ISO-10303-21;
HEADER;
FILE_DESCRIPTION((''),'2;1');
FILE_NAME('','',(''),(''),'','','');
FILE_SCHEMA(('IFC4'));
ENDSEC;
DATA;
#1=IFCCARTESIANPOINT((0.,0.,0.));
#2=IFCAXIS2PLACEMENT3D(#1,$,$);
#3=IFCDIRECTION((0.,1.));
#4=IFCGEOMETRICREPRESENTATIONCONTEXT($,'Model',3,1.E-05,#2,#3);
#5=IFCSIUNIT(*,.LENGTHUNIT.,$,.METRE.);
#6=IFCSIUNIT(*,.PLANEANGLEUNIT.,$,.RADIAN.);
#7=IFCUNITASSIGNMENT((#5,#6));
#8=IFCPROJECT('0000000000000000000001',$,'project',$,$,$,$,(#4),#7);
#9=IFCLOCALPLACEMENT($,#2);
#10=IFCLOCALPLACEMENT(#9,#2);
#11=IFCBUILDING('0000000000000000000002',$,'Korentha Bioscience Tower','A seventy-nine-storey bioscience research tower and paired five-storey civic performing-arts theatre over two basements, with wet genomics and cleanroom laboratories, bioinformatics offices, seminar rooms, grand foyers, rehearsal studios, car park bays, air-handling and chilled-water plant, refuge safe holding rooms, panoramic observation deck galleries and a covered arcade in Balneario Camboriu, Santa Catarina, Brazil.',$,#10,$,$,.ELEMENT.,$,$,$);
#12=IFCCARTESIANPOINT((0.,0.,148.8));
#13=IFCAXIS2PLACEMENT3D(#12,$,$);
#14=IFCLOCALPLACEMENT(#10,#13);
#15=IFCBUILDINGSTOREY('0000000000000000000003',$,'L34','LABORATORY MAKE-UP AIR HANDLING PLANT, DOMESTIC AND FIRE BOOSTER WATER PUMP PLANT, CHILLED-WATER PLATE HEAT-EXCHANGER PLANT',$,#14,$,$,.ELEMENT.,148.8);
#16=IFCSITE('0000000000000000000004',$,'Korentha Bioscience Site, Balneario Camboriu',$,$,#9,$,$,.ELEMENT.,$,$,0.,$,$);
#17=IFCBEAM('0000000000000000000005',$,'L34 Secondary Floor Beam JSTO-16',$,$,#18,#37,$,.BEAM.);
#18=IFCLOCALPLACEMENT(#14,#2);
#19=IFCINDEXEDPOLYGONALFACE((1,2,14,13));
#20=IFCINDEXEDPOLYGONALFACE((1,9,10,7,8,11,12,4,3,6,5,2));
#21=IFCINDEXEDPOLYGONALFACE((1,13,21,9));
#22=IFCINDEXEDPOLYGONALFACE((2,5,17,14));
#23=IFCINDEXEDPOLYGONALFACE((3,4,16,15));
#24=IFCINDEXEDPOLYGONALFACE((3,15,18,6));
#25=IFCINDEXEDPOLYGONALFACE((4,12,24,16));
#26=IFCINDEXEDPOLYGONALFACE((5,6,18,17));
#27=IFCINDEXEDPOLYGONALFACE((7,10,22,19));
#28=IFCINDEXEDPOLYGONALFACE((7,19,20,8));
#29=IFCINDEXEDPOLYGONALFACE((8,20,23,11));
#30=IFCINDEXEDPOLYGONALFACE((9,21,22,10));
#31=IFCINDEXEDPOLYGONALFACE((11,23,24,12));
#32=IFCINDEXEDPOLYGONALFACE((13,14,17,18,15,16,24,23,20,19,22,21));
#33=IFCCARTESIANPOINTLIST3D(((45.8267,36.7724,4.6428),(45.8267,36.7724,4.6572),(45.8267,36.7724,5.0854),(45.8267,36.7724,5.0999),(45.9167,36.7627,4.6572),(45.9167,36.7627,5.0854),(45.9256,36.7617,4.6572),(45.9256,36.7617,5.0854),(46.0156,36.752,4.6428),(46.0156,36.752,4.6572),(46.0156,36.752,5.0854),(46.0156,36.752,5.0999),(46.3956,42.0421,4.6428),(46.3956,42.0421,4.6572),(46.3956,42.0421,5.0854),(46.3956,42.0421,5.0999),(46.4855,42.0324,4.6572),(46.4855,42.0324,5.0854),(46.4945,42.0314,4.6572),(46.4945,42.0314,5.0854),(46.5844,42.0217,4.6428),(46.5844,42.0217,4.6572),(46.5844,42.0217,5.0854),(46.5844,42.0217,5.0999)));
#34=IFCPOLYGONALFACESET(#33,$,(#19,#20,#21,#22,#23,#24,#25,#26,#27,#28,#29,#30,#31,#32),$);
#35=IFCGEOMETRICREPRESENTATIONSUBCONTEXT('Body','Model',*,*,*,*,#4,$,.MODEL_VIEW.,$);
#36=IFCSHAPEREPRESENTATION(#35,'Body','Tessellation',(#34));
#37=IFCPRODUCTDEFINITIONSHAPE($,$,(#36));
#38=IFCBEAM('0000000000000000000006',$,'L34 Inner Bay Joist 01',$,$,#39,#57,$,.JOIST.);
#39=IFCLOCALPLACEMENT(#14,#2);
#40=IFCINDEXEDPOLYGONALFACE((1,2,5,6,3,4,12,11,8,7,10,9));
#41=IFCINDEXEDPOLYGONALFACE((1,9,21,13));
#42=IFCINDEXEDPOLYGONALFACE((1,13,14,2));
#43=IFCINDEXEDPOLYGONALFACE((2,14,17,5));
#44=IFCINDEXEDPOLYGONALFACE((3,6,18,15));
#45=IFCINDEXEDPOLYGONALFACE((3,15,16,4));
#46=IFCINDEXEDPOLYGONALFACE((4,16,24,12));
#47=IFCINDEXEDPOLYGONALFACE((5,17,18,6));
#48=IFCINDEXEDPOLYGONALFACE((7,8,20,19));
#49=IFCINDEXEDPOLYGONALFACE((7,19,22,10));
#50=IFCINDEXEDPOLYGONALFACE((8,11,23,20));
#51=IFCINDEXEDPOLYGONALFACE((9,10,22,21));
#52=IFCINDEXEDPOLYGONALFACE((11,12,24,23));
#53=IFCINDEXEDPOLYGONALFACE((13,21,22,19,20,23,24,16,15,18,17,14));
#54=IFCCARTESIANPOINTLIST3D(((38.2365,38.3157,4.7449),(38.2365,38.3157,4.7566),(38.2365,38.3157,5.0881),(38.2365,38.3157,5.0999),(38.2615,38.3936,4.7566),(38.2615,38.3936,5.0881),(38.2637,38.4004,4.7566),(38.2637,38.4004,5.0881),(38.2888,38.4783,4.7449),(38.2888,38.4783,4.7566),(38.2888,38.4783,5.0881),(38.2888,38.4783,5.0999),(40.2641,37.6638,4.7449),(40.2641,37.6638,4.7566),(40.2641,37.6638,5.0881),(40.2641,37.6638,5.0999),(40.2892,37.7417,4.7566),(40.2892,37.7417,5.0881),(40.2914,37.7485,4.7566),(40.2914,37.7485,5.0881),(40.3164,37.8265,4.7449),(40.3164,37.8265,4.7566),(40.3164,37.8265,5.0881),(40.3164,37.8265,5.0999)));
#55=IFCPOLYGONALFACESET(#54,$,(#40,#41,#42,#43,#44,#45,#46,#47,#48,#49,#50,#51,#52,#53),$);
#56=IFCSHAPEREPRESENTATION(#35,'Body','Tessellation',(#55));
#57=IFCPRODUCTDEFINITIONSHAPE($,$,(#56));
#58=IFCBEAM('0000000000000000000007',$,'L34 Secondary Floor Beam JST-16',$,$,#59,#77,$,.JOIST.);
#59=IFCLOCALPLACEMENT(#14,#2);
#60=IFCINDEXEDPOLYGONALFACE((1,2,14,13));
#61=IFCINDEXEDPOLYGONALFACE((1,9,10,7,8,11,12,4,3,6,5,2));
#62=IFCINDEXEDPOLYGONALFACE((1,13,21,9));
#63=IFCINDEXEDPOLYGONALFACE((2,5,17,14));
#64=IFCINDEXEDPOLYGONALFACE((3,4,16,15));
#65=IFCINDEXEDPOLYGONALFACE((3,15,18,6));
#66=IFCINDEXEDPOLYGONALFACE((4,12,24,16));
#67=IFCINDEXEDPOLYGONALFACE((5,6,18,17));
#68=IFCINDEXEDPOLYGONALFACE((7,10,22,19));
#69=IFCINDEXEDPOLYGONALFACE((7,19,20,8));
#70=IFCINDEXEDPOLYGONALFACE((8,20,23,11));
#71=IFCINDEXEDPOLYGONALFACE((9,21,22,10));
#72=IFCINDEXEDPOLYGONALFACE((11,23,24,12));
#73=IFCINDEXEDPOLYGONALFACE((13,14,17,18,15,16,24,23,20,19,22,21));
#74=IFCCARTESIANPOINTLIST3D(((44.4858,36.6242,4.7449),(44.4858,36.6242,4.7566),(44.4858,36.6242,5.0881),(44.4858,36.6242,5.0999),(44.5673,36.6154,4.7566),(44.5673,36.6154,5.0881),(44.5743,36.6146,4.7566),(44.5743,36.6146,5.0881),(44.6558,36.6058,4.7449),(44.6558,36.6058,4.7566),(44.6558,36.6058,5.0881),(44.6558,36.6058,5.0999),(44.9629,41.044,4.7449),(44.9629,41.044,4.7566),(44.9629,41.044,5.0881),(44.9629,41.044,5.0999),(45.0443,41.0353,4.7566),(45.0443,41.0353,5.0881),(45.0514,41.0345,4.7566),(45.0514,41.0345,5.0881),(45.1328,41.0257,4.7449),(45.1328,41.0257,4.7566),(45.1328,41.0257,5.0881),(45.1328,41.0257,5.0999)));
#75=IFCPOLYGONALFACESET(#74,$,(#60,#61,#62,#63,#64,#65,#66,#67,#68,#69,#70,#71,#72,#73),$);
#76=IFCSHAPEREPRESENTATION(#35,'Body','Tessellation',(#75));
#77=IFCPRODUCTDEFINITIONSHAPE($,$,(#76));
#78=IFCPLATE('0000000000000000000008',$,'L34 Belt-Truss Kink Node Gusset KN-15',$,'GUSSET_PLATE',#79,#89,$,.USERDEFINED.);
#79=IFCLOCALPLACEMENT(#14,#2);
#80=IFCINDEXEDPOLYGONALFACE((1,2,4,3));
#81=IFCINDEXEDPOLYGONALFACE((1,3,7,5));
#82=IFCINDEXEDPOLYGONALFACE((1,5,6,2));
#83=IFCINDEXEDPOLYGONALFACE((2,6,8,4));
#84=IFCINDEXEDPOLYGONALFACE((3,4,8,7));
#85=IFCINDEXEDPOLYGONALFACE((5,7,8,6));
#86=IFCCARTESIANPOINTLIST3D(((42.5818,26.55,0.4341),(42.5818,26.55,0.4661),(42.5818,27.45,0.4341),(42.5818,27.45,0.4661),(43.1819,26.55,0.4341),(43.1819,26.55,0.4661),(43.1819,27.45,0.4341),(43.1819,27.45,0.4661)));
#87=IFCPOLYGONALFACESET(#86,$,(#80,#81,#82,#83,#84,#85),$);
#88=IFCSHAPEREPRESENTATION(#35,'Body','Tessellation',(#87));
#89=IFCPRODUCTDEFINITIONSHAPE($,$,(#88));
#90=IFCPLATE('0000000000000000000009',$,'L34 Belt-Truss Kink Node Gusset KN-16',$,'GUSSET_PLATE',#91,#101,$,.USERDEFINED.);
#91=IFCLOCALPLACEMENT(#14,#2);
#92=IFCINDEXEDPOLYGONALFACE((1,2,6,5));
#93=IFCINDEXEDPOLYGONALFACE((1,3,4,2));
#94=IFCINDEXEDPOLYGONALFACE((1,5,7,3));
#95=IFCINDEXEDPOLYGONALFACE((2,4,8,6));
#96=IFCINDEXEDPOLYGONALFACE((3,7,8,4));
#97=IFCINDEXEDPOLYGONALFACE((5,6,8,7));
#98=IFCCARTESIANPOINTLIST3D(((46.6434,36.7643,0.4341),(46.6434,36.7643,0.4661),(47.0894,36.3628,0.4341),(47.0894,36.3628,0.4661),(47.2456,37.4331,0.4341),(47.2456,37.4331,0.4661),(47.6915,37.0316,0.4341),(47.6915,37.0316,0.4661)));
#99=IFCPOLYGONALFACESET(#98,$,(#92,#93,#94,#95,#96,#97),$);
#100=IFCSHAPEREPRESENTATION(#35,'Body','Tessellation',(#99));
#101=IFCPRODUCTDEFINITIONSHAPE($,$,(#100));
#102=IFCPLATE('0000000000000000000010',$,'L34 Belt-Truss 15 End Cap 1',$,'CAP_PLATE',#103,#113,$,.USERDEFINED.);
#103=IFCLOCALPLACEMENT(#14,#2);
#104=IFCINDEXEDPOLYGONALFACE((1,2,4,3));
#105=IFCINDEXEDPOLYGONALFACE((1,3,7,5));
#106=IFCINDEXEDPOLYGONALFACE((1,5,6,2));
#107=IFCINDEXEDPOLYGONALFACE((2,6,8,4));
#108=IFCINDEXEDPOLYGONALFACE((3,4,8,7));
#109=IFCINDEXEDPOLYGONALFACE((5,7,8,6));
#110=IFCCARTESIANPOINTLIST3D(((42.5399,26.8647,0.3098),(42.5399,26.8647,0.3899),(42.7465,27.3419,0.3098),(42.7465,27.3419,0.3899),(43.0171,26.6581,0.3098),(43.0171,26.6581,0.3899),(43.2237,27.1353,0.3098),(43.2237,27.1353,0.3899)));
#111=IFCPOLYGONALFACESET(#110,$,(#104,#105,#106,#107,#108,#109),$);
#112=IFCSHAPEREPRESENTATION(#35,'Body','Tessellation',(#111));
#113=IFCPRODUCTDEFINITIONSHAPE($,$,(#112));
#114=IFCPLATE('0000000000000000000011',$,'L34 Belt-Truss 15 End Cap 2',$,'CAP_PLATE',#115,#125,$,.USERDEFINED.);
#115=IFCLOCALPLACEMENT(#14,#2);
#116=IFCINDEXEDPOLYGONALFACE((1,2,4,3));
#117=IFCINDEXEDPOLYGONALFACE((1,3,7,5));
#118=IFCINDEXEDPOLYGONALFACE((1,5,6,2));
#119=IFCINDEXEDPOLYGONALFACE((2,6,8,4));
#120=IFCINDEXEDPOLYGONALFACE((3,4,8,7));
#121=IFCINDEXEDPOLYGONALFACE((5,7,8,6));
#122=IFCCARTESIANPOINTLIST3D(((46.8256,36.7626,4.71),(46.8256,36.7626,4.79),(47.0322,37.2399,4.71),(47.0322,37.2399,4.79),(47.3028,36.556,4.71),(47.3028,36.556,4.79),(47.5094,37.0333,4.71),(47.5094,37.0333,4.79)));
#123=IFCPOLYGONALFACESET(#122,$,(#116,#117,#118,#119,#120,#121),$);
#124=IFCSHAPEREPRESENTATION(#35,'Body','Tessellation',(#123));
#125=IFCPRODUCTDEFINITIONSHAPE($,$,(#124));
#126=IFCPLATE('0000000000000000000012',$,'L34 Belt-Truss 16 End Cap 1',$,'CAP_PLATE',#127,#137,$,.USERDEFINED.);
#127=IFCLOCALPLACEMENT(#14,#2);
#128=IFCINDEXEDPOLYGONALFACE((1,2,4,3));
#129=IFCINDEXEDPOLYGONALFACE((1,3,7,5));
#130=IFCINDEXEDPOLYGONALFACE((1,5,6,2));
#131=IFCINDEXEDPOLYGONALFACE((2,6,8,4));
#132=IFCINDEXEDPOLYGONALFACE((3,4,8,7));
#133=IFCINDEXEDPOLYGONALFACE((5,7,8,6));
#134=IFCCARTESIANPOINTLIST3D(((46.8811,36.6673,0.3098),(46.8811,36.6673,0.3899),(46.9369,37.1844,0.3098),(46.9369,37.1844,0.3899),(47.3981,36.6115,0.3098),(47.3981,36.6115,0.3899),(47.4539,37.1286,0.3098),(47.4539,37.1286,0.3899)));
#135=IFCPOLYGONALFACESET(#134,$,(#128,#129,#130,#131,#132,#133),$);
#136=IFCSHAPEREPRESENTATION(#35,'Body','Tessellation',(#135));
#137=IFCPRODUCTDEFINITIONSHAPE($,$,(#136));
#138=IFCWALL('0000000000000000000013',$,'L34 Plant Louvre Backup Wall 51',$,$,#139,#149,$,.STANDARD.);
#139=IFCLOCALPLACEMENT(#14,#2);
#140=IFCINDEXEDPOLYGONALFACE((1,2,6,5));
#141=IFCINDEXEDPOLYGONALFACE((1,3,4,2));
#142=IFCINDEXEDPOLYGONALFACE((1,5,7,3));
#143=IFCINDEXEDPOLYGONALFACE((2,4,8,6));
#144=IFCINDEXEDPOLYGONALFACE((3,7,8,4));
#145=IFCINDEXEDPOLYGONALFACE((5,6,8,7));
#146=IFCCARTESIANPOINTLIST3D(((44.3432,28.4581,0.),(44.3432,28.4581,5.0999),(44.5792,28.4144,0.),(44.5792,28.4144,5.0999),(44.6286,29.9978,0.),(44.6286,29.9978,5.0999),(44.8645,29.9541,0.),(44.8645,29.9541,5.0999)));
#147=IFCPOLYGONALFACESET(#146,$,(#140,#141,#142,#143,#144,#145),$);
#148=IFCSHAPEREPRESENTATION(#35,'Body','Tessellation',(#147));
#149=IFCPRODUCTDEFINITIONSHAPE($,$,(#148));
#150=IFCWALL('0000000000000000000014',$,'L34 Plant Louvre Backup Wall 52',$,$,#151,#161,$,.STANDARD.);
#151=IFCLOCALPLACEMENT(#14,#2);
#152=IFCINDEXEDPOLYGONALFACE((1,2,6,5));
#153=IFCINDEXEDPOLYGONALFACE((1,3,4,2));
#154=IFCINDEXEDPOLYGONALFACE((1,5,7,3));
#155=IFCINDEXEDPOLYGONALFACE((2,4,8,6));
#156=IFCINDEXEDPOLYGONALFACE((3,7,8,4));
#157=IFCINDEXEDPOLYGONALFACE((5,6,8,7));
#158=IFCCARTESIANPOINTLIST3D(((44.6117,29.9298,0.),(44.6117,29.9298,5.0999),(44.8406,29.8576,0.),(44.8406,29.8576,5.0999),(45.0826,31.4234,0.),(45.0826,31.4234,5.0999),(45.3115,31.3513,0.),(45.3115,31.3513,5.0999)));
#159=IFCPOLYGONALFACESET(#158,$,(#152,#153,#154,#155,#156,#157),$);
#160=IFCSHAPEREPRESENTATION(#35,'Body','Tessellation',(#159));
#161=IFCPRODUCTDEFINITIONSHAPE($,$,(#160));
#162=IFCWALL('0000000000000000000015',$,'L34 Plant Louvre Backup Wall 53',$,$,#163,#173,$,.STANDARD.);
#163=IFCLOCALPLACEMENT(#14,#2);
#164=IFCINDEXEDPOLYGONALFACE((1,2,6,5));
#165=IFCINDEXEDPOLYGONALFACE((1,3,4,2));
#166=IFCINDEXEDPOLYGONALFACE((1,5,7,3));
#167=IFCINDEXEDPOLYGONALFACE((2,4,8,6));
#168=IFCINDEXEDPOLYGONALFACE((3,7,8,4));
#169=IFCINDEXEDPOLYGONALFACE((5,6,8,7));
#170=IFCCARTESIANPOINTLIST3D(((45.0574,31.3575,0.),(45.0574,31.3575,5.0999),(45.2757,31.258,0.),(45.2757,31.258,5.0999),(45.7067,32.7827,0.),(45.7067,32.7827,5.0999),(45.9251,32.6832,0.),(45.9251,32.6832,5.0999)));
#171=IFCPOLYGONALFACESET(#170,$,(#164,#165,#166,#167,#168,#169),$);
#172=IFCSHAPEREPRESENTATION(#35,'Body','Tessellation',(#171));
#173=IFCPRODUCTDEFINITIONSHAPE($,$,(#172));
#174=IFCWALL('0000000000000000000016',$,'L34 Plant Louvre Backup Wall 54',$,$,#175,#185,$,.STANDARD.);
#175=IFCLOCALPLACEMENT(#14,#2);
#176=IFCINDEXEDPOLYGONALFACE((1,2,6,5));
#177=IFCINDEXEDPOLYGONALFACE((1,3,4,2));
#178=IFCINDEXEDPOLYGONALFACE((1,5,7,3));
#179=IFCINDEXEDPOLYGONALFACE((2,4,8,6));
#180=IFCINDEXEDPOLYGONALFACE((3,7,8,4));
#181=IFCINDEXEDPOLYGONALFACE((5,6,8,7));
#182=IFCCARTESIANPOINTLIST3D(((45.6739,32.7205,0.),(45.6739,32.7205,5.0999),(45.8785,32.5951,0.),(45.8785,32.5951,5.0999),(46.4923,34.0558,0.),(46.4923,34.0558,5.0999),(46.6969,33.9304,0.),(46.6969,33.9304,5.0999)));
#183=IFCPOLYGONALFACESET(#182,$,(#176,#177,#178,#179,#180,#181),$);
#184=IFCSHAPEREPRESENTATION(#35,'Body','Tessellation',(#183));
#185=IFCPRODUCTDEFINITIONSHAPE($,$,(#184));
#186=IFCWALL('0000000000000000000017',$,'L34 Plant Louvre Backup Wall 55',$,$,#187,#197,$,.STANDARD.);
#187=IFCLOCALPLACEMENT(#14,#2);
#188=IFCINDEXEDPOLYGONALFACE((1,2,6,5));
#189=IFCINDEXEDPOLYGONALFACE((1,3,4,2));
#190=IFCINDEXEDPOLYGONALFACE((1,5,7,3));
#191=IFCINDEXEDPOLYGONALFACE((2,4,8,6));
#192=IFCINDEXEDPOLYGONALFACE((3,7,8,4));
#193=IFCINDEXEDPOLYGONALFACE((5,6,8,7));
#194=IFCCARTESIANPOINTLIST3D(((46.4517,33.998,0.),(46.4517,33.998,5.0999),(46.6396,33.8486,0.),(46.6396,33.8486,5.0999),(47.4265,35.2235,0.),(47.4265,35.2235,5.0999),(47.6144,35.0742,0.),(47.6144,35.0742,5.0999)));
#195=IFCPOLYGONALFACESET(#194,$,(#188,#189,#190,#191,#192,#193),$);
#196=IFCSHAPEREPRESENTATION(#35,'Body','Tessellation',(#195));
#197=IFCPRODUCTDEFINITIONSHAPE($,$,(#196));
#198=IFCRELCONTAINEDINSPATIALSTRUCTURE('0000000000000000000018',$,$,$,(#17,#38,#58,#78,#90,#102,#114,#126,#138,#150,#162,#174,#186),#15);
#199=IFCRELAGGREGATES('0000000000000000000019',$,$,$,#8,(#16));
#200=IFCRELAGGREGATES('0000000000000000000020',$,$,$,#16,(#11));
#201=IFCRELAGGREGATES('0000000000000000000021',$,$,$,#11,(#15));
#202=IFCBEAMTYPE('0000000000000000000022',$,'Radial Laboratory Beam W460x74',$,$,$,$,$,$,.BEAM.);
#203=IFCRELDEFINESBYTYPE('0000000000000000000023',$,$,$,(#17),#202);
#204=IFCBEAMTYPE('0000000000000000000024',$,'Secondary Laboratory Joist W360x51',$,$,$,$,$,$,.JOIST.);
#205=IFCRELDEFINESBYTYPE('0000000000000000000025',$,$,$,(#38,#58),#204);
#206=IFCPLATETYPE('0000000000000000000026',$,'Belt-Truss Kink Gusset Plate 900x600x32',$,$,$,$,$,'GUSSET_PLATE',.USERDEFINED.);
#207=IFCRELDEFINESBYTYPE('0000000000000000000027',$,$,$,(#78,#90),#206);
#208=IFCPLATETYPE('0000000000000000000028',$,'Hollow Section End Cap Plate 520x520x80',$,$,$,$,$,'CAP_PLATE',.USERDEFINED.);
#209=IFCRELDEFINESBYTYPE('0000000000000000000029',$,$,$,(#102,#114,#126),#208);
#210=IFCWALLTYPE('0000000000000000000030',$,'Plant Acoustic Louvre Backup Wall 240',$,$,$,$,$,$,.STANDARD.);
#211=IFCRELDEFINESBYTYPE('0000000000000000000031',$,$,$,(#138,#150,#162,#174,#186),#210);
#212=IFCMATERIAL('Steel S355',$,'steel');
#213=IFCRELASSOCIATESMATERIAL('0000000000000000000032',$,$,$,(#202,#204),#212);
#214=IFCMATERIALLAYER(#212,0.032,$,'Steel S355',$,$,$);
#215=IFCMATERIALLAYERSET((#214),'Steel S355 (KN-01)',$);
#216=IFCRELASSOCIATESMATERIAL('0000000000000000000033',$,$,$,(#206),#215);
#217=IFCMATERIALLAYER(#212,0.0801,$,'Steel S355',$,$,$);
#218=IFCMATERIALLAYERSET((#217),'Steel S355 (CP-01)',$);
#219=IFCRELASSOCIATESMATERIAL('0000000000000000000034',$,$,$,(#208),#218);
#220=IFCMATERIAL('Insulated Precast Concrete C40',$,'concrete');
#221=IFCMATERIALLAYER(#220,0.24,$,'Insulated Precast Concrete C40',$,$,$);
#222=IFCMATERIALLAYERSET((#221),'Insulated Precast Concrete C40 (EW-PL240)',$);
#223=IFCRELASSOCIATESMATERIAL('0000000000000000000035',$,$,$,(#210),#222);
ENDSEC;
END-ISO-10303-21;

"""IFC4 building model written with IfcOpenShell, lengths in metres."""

from ifc_helpers import new_model, si_unit, direction, frame, frame_2d, origin, origin_2d, place, context, subcontext, project, spatial, rectangle, i_section, extrude, material, layer, layer_set, material_profile, profile_set, type_object, element, save


model = new_model("IFC4")

# Units and contexts
model_context = context("Model", 3, precision=1e-05, world=origin(), true_north=direction((0.0, 1.0)))
body_context = subcontext(model_context, "Body", "Model", "MODEL_VIEW")
ifc_project = project(units=[si_unit("LENGTHUNIT", "METRE"), si_unit("PLANEANGLEUNIT", "RADIAN")], contexts=[model_context])

# Site, building, storey
site_placement = place(None, origin())
site = spatial("IfcSite", under=ifc_project, at=site_placement, Name="Korentha Bioscience Site, Balneario Camboriu", CompositionType="ELEMENT", RefElevation=0.0)
building_placement = place(site_placement, origin())
building = spatial("IfcBuilding", under=site, at=building_placement, Name="Korentha Bioscience Tower", Description="A seventy-nine-storey bioscience research tower and paired five-storey civic performing-arts theatre over two basements, with wet genomics and cleanroom laboratories, bioinformatics offices, seminar rooms, grand foyers, rehearsal studios, car park bays, air-handling and chilled-water plant, refuge safe holding rooms, panoramic observation deck galleries and a covered arcade in Balneario Camboriu, Santa Catarina, Brazil.", CompositionType="ELEMENT")
storey_placement = place(building_placement, frame((0.0, 0.0, 148.8)))
storey = spatial("IfcBuildingStorey", under=building, at=storey_placement, Name="L34", Description="LABORATORY MAKE-UP AIR HANDLING PLANT, DOMESTIC AND FIRE BOOSTER WATER PUMP PLANT, CHILLED-WATER PLATE HEAT-EXCHANGER PLANT", CompositionType="ELEMENT", Elevation=148.8)

# Shared definitions
ifc_material_1 = material(Name="Steel S355", Category="steel")

# Beams
ifc_material_profile_1 = material_profile(ifc_material_1, i_section(OverallWidth=0.1899, OverallDepth=0.457, WebThickness=0.009, FlangeThickness=0.0144, at=origin_2d()), Name="Steel S355")
ifc_profile_set_1 = profile_set([ifc_material_profile_1], Name="Steel S355 (RB-460)")
beam_type_1 = type_object("IfcBeamType", Name="Radial Laboratory Beam W460x74", PredefinedType="BEAM", material=ifc_profile_set_1)
beam_1_placement = place(storey_placement, frame((45.9211, 36.7622, 4.8713), z_axis=(0.107322, 0.994224, 0.0), x_axis=(-0.994224, 0.107322, 0.0)))
element("IfcBeam", 1, at=beam_1_placement, inside=storey, type_object=beam_type_1, Name="L34 Secondary Floor Beam JSTO-16", PredefinedType="BEAM", context=body_context, shape_type="SweptSolid", body=[
    extrude(i_section(OverallWidth=0.1899, OverallDepth=0.457, WebThickness=0.009, FlangeThickness=0.0144, at=origin_2d()), origin(), (0.0, 0.0, 1.0), 5.3003),
])
ifc_material_profile_2 = material_profile(ifc_material_1, i_section(OverallWidth=0.1709, OverallDepth=0.355, WebThickness=0.0071, FlangeThickness=0.0117, at=origin_2d()), Name="Steel S355")
ifc_profile_set_2 = profile_set([ifc_material_profile_2], Name="Steel S355 (JB-360)")
beam_type_2 = type_object("IfcBeamType", Name="Secondary Laboratory Joist W360x51", PredefinedType="JOIST", material=ifc_profile_set_2)
beam_2_placement = place(storey_placement, frame((40.2903, 37.7451, 4.9224), z_axis=(-0.952011, 0.306065, 0.0), x_axis=(-0.306065, -0.952011, 0.0)))
element("IfcBeam", 2, at=beam_2_placement, inside=storey, type_object=beam_type_2, Name="L34 Inner Bay Joist 01", PredefinedType="JOIST", context=body_context, shape_type="SweptSolid", body=[
    extrude(i_section(OverallWidth=0.1709, OverallDepth=0.355, WebThickness=0.0071, FlangeThickness=0.0117, at=origin_2d()), origin(), (0.0, 0.0, 1.0), 2.1299),
])
beam_3_placement = place(storey_placement, frame((44.5708, 36.615, 4.9224), z_axis=(0.107309, 0.994226, 0.0), x_axis=(-0.994226, 0.107309, 0.0)))
element("IfcBeam", 3, at=beam_3_placement, inside=storey, type_object=beam_type_2, Name="L34 Secondary Floor Beam JST-16", PredefinedType="JOIST", context=body_context, shape_type="SweptSolid", body=[
    extrude(i_section(OverallWidth=0.1709, OverallDepth=0.355, WebThickness=0.0071, FlangeThickness=0.0117, at=origin_2d()), origin(), (0.0, 0.0, 1.0), 4.4456),
])

# Plates
ifc_layer_1 = layer(ifc_material_1, 0.032, Name="Steel S355")
ifc_layer_set_1 = layer_set([ifc_layer_1], Name="Steel S355 (KN-01)")
plate_type_1 = type_object("IfcPlateType", Name="Belt-Truss Kink Gusset Plate 900x600x32", ElementType="GUSSET_PLATE", PredefinedType="USERDEFINED", material=ifc_layer_set_1)
for number, where, z_axis, x_axis, name in (
    (4, (42.8818, 27.0, 0.4341), (0.0, 0.0, 1.0), (0.0, 1.0, 0.0), "L34 Belt-Truss Kink Node Gusset KN-15"),
    (5, (47.1675, 36.8979, 0.4341), (0.0, 0.0, 1.0), (0.669131, 0.743145, 0.0), "L34 Belt-Truss Kink Node Gusset KN-16"),
):
    element("IfcPlate", number, at=place(storey_placement, frame(where, z_axis=z_axis, x_axis=x_axis)), inside=storey, type_object=plate_type_1, Name=name, ObjectType="GUSSET_PLATE", PredefinedType="USERDEFINED", context=body_context, shape_type="SweptSolid", body=[
        extrude(rectangle(XDim=0.8999, YDim=0.6001, at=origin_2d()), origin(), (0.0, 0.0, 1.0), 0.032),
    ])
ifc_layer_2 = layer(ifc_material_1, 0.0801, Name="Steel S355")
ifc_layer_set_2 = layer_set([ifc_layer_2], Name="Steel S355 (CP-01)")
plate_type_2 = type_object("IfcPlateType", Name="Hollow Section End Cap Plate 520x520x80", ElementType="CAP_PLATE", PredefinedType="USERDEFINED", material=ifc_layer_set_2)
for number, where, z_axis, x_axis, name in (
    (6, (42.8818, 27.0, 0.3098), (0.0, 0.0, 1.0), (0.397308, 0.917685, 0.0), "L34 Belt-Truss 15 End Cap 1"),
    (7, (47.1675, 36.8979, 4.71), (0.0, 0.0, 1.0), (0.397308, 0.917685, 0.0), "L34 Belt-Truss 15 End Cap 2"),
    (8, (47.1675, 36.8979, 0.3098), (0.0, 0.0, 1.0), (0.107305, 0.994226, 0.0), "L34 Belt-Truss 16 End Cap 1"),
):
    element("IfcPlate", number, at=place(storey_placement, frame(where, z_axis=z_axis, x_axis=x_axis)), inside=storey, type_object=plate_type_2, Name=name, ObjectType="CAP_PLATE", PredefinedType="USERDEFINED", context=body_context, shape_type="SweptSolid", body=[
        extrude(rectangle(XDim=0.52, YDim=0.52, at=origin_2d()), origin(), (0.0, 0.0, 1.0), 0.0801),
    ])

# Walls
ifc_material_2 = material(Name="Insulated Precast Concrete C40", Category="concrete")
ifc_layer_3 = layer(ifc_material_2, 0.24, Name="Insulated Precast Concrete C40")
ifc_layer_set_3 = layer_set([ifc_layer_3], Name="Insulated Precast Concrete C40 (EW-PL240)")
wall_type = type_object("IfcWallType", Name="Plant Acoustic Louvre Backup Wall 240", PredefinedType="STANDARD", material=ifc_layer_set_3)
wall_1_placement = place(storey_placement, frame((44.4612, 28.4363, 0.0), z_axis=(0.0, 0.0, 1.0), x_axis=(0.182246, 0.983253, 0.0)))
element("IfcWall", 9, at=wall_1_placement, inside=storey, type_object=wall_type, Name="L34 Plant Louvre Backup Wall 51", PredefinedType="STANDARD", context=body_context, shape_type="SweptSolid", body=[
    extrude(rectangle(XDim=1.5659, YDim=0.24, at=frame_2d((0.783, 0.0))), origin(), (0.0, 0.0, 1.0), 5.0999),
])
for number, where, z_axis, x_axis, name in (
    (10, (44.7261, 29.8936, 0.0), (0.0, 0.0, 1.0), (0.300706, 0.953717, 0.0), "L34 Plant Louvre Backup Wall 52"),
    (11, (45.1665, 31.3076, 0.0), (0.0, 0.0, 1.0), (0.414625, 0.909992, 0.0), "L34 Plant Louvre Backup Wall 53"),
    (12, (45.7761, 32.6577, 0.0), (0.0, 0.0, 1.0), (0.522566, 0.852599, 0.0), "L34 Plant Louvre Backup Wall 54"),
):
    element("IfcWall", number, at=place(storey_placement, frame(where, z_axis=z_axis, x_axis=x_axis)), inside=storey, type_object=wall_type, Name=name, PredefinedType="STANDARD", context=body_context, shape_type="SweptSolid", body=[
        extrude(rectangle(XDim=1.5662, YDim=0.24, at=frame_2d((0.7832, 0.0))), origin(), (0.0, 0.0, 1.0), 5.0999),
    ])
wall_2_placement = place(storey_placement, frame((46.5457, 33.9233, 0.0), z_axis=(0.0, 0.0, 1.0), x_axis=(0.622506, 0.782615, 0.0)))
element("IfcWall", 13, at=wall_2_placement, inside=storey, type_object=wall_type, Name="L34 Plant Louvre Backup Wall 55", PredefinedType="STANDARD", context=body_context, shape_type="SweptSolid", body=[
    extrude(rectangle(XDim=1.5659, YDim=0.24, at=frame_2d((0.783, 0.0))), origin(), (0.0, 0.0, 1.0), 5.0999),
])

save(model, "model.ifc")
